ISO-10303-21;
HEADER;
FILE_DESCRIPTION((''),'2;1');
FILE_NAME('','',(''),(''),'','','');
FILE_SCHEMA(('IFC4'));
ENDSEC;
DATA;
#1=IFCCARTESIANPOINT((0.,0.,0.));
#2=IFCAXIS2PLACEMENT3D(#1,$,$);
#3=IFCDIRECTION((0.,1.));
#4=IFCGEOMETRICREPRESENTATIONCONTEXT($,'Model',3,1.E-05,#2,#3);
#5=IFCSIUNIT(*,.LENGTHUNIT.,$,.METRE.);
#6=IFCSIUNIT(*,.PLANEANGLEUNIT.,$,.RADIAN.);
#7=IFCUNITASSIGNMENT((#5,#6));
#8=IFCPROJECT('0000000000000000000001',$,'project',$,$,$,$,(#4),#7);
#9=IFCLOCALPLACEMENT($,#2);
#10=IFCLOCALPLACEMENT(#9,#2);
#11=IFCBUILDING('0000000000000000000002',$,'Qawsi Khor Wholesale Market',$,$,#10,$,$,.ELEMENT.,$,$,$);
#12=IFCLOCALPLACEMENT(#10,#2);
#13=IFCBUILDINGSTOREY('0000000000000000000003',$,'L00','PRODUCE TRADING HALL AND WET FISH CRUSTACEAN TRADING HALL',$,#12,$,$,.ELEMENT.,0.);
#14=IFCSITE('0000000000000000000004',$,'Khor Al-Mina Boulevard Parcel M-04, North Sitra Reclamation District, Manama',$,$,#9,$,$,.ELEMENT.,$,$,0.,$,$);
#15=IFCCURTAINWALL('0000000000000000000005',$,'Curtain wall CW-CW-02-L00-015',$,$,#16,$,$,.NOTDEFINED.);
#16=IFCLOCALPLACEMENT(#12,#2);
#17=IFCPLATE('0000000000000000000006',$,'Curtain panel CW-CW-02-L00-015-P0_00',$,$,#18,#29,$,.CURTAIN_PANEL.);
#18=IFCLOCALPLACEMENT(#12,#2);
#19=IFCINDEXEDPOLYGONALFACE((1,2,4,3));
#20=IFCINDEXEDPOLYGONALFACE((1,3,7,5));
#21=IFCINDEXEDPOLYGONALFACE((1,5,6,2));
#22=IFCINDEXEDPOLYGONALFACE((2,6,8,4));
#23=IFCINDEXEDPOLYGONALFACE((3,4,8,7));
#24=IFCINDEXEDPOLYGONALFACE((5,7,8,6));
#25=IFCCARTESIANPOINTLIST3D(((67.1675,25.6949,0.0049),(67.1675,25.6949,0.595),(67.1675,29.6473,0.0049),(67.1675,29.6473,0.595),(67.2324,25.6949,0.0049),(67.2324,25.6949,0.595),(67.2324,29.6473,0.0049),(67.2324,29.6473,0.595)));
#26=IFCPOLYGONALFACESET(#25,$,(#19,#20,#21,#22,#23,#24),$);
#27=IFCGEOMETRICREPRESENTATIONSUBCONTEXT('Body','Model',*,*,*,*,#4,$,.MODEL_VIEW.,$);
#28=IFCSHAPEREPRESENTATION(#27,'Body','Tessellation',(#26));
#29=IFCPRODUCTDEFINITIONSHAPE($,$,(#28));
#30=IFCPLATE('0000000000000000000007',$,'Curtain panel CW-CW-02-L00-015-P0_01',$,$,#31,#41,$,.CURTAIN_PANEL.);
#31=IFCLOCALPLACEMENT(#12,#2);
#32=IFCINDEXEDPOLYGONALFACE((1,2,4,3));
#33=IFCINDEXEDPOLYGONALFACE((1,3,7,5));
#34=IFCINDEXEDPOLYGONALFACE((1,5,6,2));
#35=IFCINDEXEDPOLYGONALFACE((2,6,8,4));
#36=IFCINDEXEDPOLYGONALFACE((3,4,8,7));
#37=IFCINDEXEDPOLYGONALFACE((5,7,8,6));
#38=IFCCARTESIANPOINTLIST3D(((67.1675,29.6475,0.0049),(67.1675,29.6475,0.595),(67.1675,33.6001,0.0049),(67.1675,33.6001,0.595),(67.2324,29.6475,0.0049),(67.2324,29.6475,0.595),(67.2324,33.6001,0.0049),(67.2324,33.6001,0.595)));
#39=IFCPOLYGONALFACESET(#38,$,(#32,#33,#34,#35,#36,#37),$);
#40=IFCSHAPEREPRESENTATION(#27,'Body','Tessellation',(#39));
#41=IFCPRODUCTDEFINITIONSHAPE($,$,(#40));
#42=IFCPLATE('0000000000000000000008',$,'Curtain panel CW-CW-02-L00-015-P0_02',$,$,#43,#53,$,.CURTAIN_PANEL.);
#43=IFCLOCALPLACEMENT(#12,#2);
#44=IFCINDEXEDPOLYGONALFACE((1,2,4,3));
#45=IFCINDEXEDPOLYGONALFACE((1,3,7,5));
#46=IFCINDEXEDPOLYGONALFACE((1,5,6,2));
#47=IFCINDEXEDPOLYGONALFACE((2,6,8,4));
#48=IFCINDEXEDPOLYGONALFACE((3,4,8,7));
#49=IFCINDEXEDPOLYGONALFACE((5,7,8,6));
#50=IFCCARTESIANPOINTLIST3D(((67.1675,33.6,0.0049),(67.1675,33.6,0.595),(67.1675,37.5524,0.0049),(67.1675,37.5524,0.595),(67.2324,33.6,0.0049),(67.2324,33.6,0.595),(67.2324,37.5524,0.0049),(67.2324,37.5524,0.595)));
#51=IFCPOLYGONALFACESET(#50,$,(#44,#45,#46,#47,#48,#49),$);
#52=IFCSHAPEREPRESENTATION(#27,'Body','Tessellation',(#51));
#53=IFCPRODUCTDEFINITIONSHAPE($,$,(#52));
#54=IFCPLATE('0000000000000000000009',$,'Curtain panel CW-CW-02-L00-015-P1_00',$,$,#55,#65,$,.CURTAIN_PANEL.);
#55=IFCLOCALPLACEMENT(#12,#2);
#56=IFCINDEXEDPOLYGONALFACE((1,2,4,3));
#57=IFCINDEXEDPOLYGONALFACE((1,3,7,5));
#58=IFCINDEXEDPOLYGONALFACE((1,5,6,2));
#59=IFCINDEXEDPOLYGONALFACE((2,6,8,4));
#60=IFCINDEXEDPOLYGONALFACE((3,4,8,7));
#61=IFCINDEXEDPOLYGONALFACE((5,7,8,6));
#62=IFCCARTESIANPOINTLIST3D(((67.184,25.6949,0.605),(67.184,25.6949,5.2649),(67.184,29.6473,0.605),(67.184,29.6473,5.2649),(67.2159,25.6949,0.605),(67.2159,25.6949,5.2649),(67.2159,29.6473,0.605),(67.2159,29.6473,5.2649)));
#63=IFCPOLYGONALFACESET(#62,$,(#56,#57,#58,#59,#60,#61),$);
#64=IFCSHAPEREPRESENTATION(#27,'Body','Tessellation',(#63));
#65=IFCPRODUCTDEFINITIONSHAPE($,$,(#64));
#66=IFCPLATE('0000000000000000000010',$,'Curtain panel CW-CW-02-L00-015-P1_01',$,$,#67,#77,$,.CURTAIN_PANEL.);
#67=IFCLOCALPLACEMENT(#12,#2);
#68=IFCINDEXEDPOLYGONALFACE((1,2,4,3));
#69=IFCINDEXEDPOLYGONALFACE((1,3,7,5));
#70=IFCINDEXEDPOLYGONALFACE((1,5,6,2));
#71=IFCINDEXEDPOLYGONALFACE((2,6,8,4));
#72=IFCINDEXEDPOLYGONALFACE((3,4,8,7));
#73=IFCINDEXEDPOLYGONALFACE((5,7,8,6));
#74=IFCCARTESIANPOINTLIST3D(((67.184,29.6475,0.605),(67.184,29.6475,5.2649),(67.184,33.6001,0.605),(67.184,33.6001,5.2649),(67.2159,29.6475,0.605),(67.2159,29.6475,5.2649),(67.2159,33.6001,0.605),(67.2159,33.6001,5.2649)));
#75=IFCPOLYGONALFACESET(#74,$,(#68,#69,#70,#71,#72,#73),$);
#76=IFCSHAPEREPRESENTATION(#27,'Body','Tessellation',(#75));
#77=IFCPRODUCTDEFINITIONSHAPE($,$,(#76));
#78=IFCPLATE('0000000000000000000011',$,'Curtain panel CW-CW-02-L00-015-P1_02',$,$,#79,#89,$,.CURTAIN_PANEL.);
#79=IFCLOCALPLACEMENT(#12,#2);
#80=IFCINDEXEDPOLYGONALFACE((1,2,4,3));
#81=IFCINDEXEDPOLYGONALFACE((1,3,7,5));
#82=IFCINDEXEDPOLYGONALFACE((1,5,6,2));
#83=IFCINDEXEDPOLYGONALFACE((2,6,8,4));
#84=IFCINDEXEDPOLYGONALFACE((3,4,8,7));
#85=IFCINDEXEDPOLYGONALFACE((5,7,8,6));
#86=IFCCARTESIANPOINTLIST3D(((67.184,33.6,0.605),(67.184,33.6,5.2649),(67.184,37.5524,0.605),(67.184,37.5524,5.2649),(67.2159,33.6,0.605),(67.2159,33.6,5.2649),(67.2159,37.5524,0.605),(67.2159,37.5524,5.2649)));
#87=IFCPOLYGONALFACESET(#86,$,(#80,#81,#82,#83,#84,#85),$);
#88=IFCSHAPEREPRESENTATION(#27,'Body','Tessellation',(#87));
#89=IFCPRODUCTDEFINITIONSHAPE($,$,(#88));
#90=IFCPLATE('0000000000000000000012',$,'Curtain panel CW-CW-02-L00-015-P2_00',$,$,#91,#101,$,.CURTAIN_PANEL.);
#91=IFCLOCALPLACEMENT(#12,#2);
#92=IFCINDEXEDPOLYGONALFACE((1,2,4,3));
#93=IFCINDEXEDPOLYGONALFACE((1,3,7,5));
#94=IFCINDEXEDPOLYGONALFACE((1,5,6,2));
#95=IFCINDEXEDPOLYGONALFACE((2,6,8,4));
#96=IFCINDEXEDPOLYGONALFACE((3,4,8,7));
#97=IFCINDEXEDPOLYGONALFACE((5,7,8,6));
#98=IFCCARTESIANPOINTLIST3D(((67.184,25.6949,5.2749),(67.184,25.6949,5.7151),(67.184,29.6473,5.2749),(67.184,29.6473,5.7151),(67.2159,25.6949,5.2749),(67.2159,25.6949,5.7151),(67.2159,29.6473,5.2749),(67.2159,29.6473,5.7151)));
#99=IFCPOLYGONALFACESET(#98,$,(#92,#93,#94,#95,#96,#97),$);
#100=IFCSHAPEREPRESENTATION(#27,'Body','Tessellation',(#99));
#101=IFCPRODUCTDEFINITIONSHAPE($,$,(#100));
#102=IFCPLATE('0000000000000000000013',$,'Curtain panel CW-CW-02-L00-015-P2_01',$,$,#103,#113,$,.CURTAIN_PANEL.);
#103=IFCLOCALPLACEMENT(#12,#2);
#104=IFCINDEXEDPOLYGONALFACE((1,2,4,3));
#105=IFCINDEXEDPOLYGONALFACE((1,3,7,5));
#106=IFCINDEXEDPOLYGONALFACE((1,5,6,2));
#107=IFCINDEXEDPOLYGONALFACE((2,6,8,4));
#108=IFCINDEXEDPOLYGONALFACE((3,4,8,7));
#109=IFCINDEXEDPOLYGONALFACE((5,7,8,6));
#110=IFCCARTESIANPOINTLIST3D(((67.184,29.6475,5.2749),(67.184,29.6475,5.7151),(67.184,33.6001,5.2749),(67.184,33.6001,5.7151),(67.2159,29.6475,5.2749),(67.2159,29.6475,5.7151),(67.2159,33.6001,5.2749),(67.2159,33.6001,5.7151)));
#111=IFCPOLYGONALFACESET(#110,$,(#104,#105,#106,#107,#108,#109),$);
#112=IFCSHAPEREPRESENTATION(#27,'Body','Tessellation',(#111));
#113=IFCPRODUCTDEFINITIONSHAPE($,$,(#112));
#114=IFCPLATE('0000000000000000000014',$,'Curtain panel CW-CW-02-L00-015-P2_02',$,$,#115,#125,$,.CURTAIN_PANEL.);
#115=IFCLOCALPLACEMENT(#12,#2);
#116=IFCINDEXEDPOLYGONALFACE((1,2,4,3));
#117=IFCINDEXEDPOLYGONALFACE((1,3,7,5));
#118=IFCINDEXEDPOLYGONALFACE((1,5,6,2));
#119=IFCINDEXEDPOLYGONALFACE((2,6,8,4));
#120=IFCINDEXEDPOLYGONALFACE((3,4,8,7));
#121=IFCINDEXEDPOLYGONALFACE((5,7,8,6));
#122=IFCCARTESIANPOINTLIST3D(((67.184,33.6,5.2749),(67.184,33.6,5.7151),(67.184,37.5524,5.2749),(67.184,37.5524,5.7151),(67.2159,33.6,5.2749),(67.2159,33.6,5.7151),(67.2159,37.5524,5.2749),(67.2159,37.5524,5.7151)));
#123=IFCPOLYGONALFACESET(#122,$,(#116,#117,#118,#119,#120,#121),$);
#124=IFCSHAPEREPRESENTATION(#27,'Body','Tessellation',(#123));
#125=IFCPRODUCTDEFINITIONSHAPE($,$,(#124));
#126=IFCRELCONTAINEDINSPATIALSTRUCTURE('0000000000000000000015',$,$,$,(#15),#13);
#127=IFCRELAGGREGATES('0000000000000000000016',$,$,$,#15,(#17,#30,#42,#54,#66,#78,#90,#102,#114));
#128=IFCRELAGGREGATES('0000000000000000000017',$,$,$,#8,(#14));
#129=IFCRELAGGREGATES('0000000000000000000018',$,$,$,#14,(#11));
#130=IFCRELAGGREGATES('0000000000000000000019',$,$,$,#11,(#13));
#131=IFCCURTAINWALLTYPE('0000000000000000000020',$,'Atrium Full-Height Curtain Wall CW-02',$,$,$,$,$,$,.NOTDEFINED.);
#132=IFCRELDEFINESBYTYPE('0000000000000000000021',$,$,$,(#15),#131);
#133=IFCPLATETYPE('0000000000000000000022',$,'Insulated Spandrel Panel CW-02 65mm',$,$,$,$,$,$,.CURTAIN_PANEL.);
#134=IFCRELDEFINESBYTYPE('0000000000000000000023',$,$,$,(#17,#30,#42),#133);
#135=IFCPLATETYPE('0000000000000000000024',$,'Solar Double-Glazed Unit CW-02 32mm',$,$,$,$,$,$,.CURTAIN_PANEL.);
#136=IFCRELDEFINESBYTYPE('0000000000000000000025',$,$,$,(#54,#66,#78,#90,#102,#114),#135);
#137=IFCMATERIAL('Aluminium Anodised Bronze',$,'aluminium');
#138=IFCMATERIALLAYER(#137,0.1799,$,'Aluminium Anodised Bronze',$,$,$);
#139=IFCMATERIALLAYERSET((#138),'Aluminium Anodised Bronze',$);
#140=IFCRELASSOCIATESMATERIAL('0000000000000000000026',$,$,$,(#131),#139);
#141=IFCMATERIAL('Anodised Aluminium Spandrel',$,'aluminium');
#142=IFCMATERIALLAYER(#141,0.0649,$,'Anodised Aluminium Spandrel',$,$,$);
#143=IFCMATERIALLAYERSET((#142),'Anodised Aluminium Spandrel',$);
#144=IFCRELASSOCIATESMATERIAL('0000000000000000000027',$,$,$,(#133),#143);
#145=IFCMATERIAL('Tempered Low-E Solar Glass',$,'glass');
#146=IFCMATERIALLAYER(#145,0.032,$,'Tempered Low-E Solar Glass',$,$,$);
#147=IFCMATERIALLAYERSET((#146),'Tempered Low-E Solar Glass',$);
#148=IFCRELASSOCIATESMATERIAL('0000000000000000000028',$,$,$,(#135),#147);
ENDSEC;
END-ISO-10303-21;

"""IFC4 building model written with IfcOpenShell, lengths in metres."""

from ifc_helpers import new_model, si_unit, direction, frame, frame_2d, origin, place, context, subcontext, project, spatial, rectangle, extrude, material, layer, layer_set, type_object, element, aggregate, save


model = new_model("IFC4")

# Units and contexts
model_context = context("Model", 3, precision=1e-05, world=origin(), true_north=direction((0.0, 1.0)))
body_context = subcontext(model_context, "Body", "Model", "MODEL_VIEW")
ifc_project = project(units=[si_unit("LENGTHUNIT", "METRE"), si_unit("PLANEANGLEUNIT", "RADIAN")], contexts=[model_context])

# Site, building, storey
site_placement = place(None, origin())
site = spatial("IfcSite", under=ifc_project, at=site_placement, Name="Khor Al-Mina Boulevard Parcel M-04, North Sitra Reclamation District, Manama", CompositionType="ELEMENT", RefElevation=0.0)
building_placement = place(site_placement, origin())
building = spatial("IfcBuilding", under=site, at=building_placement, Name="Qawsi Khor Wholesale Market", CompositionType="ELEMENT")
storey_placement = place(building_placement, origin())
storey = spatial("IfcBuildingStorey", under=building, at=storey_placement, Name="L00", Description="PRODUCE TRADING HALL AND WET FISH CRUSTACEAN TRADING HALL", CompositionType="ELEMENT", Elevation=0.0)

# Curtain wall, plates
ifc_material_1 = material(Name="Aluminium Anodised Bronze", Category="aluminium")
ifc_layer_1 = layer(ifc_material_1, 0.1799, Name="Aluminium Anodised Bronze")
ifc_layer_set_1 = layer_set([ifc_layer_1], Name="Aluminium Anodised Bronze")
curtain_wall_type = type_object("IfcCurtainWallType", Name="Atrium Full-Height Curtain Wall CW-02", PredefinedType="NOTDEFINED", material=ifc_layer_set_1)
curtain_wall_placement = place(storey_placement, origin())
curtain_wall = element("IfcCurtainWall", 1, at=curtain_wall_placement, inside=storey, type_object=curtain_wall_type, Name="Curtain wall CW-CW-02-L00-015", PredefinedType="NOTDEFINED")
ifc_material_2 = material(Name="Anodised Aluminium Spandrel", Category="aluminium")
ifc_layer_2 = layer(ifc_material_2, 0.0649, Name="Anodised Aluminium Spandrel")
ifc_layer_set_2 = layer_set([ifc_layer_2], Name="Anodised Aluminium Spandrel")
plate_type_1 = type_object("IfcPlateType", Name="Insulated Spandrel Panel CW-02 65mm", PredefinedType="CURTAIN_PANEL", material=ifc_layer_set_2)
plate_1_placement = place(storey_placement, frame((67.2, 25.6951, 0.0049), z_axis=(0.0, 0.0, 1.0), x_axis=(0.0, 1.0, 0.0)))
plate_1 = element("IfcPlate", 2, at=plate_1_placement, type_object=plate_type_1, Name="Curtain panel CW-CW-02-L00-015-P0_00", PredefinedType="CURTAIN_PANEL", context=body_context, shape_type="SweptSolid", body=[
    extrude(rectangle(XDim=3.9524, YDim=0.0649, at=frame_2d((1.9761, 0.0))), origin(), (0.0, 0.0, 1.0), 0.5901),
])
plate_2_placement = place(storey_placement, frame((67.2, 29.6475, 0.0049), z_axis=(0.0, 0.0, 1.0), x_axis=(0.0, 1.0, 0.0)))
plate_2 = element("IfcPlate", 3, at=plate_2_placement, type_object=plate_type_1, Name="Curtain panel CW-CW-02-L00-015-P0_01", PredefinedType="CURTAIN_PANEL", context=body_context, shape_type="SweptSolid", body=[
    extrude(rectangle(XDim=3.9526, YDim=0.0649, at=frame_2d((1.9763, 0.0))), origin(), (0.0, 0.0, 1.0), 0.5901),
])
plate_3_placement = place(storey_placement, frame((67.2, 33.6001, 0.0049), z_axis=(0.0, 0.0, 1.0), x_axis=(0.0, 1.0, 0.0)))
plate_3 = element("IfcPlate", 4, at=plate_3_placement, type_object=plate_type_1, Name="Curtain panel CW-CW-02-L00-015-P0_02", PredefinedType="CURTAIN_PANEL", context=body_context, shape_type="SweptSolid", body=[
    extrude(rectangle(XDim=3.9524, YDim=0.0649, at=frame_2d((1.9761, 0.0))), origin(), (0.0, 0.0, 1.0), 0.5901),
])
ifc_material_3 = material(Name="Tempered Low-E Solar Glass", Category="glass")
ifc_layer_3 = layer(ifc_material_3, 0.032, Name="Tempered Low-E Solar Glass")
ifc_layer_set_3 = layer_set([ifc_layer_3], Name="Tempered Low-E Solar Glass")
plate_type_2 = type_object("IfcPlateType", Name="Solar Double-Glazed Unit CW-02 32mm", PredefinedType="CURTAIN_PANEL", material=ifc_layer_set_3)
plate_4_placement = place(storey_placement, frame((67.2, 25.6951, 0.605), z_axis=(0.0, 0.0, 1.0), x_axis=(0.0, 1.0, 0.0)))
plate_4 = element("IfcPlate", 5, at=plate_4_placement, type_object=plate_type_2, Name="Curtain panel CW-CW-02-L00-015-P1_00", PredefinedType="CURTAIN_PANEL", context=body_context, shape_type="SweptSolid", body=[
    extrude(rectangle(XDim=3.9524, YDim=0.032, at=frame_2d((1.9761, 0.0))), origin(), (0.0, 0.0, 1.0), 4.6599),
])
plate_5_placement = place(storey_placement, frame((67.2, 29.6475, 0.605), z_axis=(0.0, 0.0, 1.0), x_axis=(0.0, 1.0, 0.0)))
plate_5 = element("IfcPlate", 6, at=plate_5_placement, type_object=plate_type_2, Name="Curtain panel CW-CW-02-L00-015-P1_01", PredefinedType="CURTAIN_PANEL", context=body_context, shape_type="SweptSolid", body=[
    extrude(rectangle(XDim=3.9526, YDim=0.032, at=frame_2d((1.9763, 0.0))), origin(), (0.0, 0.0, 1.0), 4.6599),
])
plate_6_placement = place(storey_placement, frame((67.2, 33.6001, 0.605), z_axis=(0.0, 0.0, 1.0), x_axis=(0.0, 1.0, 0.0)))
plate_6 = element("IfcPlate", 7, at=plate_6_placement, type_object=plate_type_2, Name="Curtain panel CW-CW-02-L00-015-P1_02", PredefinedType="CURTAIN_PANEL", context=body_context, shape_type="SweptSolid", body=[
    extrude(rectangle(XDim=3.9524, YDim=0.032, at=frame_2d((1.9761, 0.0))), origin(), (0.0, 0.0, 1.0), 4.6599),
])
plate_7_placement = place(storey_placement, frame((67.2, 25.6951, 5.2749), z_axis=(0.0, 0.0, 1.0), x_axis=(0.0, 1.0, 0.0)))
plate_7 = element("IfcPlate", 8, at=plate_7_placement, type_object=plate_type_2, Name="Curtain panel CW-CW-02-L00-015-P2_00", PredefinedType="CURTAIN_PANEL", context=body_context, shape_type="SweptSolid", body=[
    extrude(rectangle(XDim=3.9524, YDim=0.032, at=frame_2d((1.9761, 0.0))), origin(), (0.0, 0.0, 1.0), 0.4402),
])
plate_8_placement = place(storey_placement, frame((67.2, 29.6475, 5.2749), z_axis=(0.0, 0.0, 1.0), x_axis=(0.0, 1.0, 0.0)))
plate_8 = element("IfcPlate", 9, at=plate_8_placement, type_object=plate_type_2, Name="Curtain panel CW-CW-02-L00-015-P2_01", PredefinedType="CURTAIN_PANEL", context=body_context, shape_type="SweptSolid", body=[
    extrude(rectangle(XDim=3.9526, YDim=0.032, at=frame_2d((1.9763, 0.0))), origin(), (0.0, 0.0, 1.0), 0.4402),
])
plate_9_placement = place(storey_placement, frame((67.2, 33.6001, 5.2749), z_axis=(0.0, 0.0, 1.0), x_axis=(0.0, 1.0, 0.0)))
plate_9 = element("IfcPlate", 10, at=plate_9_placement, type_object=plate_type_2, Name="Curtain panel CW-CW-02-L00-015-P2_02", PredefinedType="CURTAIN_PANEL", context=body_context, shape_type="SweptSolid", body=[
    extrude(rectangle(XDim=3.9524, YDim=0.032, at=frame_2d((1.9761, 0.0))), origin(), (0.0, 0.0, 1.0), 0.4402),
])
aggregate(curtain_wall, [plate_1, plate_2, plate_3, plate_4, plate_5, plate_6, plate_7, plate_8, plate_9])

save(model, "model.ifc")
